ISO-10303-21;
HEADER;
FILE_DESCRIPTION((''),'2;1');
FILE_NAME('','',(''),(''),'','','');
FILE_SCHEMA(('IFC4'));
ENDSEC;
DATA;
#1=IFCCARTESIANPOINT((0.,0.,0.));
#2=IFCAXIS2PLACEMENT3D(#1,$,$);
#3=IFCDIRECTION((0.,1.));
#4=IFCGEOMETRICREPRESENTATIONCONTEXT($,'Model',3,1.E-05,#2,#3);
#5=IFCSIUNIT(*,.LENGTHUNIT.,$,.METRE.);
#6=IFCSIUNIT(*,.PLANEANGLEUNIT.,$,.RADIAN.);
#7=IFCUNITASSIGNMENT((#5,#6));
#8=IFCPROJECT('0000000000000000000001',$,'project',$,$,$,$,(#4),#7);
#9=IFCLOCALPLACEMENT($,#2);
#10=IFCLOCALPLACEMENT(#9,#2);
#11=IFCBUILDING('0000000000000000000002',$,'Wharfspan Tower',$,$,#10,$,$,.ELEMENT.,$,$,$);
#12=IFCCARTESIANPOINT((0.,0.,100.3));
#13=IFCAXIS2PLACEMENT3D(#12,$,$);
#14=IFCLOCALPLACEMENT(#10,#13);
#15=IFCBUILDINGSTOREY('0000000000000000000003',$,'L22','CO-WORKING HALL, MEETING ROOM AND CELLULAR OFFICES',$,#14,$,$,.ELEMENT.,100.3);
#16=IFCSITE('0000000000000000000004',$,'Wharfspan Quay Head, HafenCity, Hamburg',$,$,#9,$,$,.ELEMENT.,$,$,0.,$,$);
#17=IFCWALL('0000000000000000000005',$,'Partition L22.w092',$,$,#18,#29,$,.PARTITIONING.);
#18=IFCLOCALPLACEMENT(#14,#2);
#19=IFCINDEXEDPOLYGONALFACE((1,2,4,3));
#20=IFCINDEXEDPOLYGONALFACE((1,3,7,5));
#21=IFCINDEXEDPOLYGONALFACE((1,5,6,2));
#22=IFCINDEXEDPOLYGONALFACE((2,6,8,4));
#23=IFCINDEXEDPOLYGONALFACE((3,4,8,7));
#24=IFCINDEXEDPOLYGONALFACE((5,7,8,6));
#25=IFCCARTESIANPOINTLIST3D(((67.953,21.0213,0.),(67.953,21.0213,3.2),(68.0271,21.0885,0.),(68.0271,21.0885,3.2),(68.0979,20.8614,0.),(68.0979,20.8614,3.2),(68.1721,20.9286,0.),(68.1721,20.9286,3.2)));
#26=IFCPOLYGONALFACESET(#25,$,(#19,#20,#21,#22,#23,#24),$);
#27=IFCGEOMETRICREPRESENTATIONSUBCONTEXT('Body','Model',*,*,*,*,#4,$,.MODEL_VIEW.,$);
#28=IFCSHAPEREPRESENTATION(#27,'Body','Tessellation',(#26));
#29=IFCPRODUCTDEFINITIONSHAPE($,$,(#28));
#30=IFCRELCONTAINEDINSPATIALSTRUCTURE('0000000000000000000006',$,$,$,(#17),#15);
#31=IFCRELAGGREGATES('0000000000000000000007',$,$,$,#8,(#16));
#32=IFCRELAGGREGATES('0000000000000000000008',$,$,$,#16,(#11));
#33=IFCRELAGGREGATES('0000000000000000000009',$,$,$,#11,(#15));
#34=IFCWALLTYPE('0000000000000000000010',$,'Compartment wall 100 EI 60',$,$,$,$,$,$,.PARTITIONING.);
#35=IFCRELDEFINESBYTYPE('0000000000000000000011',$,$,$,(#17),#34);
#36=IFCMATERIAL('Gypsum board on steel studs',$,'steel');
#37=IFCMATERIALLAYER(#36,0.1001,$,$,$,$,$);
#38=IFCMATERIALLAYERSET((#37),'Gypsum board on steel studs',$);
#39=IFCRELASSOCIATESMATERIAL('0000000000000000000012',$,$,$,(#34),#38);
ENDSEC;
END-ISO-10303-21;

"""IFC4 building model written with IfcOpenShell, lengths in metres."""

from ifc_helpers import new_model, si_unit, direction, frame, frame_2d, origin, place, context, subcontext, project, spatial, rectangle, extrude, material, layer, layer_set, type_object, element, save


model = new_model("IFC4")

# Units and contexts
model_context = context("Model", 3, precision=1e-05, world=origin(), true_north=direction((0.0, 1.0)))
body_context = subcontext(model_context, "Body", "Model", "MODEL_VIEW")
ifc_project = project(units=[si_unit("LENGTHUNIT", "METRE"), si_unit("PLANEANGLEUNIT", "RADIAN")], contexts=[model_context])

# Site, building, storey
site_placement = place(None, origin())
site = spatial("IfcSite", under=ifc_project, at=site_placement, Name="Wharfspan Quay Head, HafenCity, Hamburg", CompositionType="ELEMENT", RefElevation=0.0)
building_placement = place(site_placement, origin())
building = spatial("IfcBuilding", under=site, at=building_placement, Name="Wharfspan Tower", CompositionType="ELEMENT")
storey_placement = place(building_placement, frame((0.0, 0.0, 100.3)))
storey = spatial("IfcBuildingStorey", under=building, at=storey_placement, Name="L22", Description="CO-WORKING HALL, MEETING ROOM AND CELLULAR OFFICES", CompositionType="ELEMENT", Elevation=100.3)

# Shared definitions
ifc_material_1 = material(Name="Gypsum board on steel studs", Category="steel")
ifc_layer = layer(ifc_material_1, 0.1001)
ifc_layer_set = layer_set([ifc_layer], Name="Gypsum board on steel studs")
wall_type = type_object("IfcWallType", Name="Compartment wall 100 EI 60", PredefinedType="PARTITIONING", material=ifc_layer_set)

# Wall
wall_1_placement = place(storey_placement, frame((68.135, 20.895, 0.0), z_axis=(0.0, 0.0, 1.0), x_axis=(-0.671775, 0.740762, 0.0)))
element("IfcWall", 1, at=wall_1_placement, inside=storey, type_object=wall_type, Name="Partition L22.w092", PredefinedType="PARTITIONING", context=body_context, shape_type="SweptSolid", body=[
    extrude(rectangle(XDim=0.2158, YDim=0.1001, at=frame_2d((0.1079, 0.0))), origin(), (0.0, 0.0, 1.0), 3.2),
])

save(model, "model.ifc")
